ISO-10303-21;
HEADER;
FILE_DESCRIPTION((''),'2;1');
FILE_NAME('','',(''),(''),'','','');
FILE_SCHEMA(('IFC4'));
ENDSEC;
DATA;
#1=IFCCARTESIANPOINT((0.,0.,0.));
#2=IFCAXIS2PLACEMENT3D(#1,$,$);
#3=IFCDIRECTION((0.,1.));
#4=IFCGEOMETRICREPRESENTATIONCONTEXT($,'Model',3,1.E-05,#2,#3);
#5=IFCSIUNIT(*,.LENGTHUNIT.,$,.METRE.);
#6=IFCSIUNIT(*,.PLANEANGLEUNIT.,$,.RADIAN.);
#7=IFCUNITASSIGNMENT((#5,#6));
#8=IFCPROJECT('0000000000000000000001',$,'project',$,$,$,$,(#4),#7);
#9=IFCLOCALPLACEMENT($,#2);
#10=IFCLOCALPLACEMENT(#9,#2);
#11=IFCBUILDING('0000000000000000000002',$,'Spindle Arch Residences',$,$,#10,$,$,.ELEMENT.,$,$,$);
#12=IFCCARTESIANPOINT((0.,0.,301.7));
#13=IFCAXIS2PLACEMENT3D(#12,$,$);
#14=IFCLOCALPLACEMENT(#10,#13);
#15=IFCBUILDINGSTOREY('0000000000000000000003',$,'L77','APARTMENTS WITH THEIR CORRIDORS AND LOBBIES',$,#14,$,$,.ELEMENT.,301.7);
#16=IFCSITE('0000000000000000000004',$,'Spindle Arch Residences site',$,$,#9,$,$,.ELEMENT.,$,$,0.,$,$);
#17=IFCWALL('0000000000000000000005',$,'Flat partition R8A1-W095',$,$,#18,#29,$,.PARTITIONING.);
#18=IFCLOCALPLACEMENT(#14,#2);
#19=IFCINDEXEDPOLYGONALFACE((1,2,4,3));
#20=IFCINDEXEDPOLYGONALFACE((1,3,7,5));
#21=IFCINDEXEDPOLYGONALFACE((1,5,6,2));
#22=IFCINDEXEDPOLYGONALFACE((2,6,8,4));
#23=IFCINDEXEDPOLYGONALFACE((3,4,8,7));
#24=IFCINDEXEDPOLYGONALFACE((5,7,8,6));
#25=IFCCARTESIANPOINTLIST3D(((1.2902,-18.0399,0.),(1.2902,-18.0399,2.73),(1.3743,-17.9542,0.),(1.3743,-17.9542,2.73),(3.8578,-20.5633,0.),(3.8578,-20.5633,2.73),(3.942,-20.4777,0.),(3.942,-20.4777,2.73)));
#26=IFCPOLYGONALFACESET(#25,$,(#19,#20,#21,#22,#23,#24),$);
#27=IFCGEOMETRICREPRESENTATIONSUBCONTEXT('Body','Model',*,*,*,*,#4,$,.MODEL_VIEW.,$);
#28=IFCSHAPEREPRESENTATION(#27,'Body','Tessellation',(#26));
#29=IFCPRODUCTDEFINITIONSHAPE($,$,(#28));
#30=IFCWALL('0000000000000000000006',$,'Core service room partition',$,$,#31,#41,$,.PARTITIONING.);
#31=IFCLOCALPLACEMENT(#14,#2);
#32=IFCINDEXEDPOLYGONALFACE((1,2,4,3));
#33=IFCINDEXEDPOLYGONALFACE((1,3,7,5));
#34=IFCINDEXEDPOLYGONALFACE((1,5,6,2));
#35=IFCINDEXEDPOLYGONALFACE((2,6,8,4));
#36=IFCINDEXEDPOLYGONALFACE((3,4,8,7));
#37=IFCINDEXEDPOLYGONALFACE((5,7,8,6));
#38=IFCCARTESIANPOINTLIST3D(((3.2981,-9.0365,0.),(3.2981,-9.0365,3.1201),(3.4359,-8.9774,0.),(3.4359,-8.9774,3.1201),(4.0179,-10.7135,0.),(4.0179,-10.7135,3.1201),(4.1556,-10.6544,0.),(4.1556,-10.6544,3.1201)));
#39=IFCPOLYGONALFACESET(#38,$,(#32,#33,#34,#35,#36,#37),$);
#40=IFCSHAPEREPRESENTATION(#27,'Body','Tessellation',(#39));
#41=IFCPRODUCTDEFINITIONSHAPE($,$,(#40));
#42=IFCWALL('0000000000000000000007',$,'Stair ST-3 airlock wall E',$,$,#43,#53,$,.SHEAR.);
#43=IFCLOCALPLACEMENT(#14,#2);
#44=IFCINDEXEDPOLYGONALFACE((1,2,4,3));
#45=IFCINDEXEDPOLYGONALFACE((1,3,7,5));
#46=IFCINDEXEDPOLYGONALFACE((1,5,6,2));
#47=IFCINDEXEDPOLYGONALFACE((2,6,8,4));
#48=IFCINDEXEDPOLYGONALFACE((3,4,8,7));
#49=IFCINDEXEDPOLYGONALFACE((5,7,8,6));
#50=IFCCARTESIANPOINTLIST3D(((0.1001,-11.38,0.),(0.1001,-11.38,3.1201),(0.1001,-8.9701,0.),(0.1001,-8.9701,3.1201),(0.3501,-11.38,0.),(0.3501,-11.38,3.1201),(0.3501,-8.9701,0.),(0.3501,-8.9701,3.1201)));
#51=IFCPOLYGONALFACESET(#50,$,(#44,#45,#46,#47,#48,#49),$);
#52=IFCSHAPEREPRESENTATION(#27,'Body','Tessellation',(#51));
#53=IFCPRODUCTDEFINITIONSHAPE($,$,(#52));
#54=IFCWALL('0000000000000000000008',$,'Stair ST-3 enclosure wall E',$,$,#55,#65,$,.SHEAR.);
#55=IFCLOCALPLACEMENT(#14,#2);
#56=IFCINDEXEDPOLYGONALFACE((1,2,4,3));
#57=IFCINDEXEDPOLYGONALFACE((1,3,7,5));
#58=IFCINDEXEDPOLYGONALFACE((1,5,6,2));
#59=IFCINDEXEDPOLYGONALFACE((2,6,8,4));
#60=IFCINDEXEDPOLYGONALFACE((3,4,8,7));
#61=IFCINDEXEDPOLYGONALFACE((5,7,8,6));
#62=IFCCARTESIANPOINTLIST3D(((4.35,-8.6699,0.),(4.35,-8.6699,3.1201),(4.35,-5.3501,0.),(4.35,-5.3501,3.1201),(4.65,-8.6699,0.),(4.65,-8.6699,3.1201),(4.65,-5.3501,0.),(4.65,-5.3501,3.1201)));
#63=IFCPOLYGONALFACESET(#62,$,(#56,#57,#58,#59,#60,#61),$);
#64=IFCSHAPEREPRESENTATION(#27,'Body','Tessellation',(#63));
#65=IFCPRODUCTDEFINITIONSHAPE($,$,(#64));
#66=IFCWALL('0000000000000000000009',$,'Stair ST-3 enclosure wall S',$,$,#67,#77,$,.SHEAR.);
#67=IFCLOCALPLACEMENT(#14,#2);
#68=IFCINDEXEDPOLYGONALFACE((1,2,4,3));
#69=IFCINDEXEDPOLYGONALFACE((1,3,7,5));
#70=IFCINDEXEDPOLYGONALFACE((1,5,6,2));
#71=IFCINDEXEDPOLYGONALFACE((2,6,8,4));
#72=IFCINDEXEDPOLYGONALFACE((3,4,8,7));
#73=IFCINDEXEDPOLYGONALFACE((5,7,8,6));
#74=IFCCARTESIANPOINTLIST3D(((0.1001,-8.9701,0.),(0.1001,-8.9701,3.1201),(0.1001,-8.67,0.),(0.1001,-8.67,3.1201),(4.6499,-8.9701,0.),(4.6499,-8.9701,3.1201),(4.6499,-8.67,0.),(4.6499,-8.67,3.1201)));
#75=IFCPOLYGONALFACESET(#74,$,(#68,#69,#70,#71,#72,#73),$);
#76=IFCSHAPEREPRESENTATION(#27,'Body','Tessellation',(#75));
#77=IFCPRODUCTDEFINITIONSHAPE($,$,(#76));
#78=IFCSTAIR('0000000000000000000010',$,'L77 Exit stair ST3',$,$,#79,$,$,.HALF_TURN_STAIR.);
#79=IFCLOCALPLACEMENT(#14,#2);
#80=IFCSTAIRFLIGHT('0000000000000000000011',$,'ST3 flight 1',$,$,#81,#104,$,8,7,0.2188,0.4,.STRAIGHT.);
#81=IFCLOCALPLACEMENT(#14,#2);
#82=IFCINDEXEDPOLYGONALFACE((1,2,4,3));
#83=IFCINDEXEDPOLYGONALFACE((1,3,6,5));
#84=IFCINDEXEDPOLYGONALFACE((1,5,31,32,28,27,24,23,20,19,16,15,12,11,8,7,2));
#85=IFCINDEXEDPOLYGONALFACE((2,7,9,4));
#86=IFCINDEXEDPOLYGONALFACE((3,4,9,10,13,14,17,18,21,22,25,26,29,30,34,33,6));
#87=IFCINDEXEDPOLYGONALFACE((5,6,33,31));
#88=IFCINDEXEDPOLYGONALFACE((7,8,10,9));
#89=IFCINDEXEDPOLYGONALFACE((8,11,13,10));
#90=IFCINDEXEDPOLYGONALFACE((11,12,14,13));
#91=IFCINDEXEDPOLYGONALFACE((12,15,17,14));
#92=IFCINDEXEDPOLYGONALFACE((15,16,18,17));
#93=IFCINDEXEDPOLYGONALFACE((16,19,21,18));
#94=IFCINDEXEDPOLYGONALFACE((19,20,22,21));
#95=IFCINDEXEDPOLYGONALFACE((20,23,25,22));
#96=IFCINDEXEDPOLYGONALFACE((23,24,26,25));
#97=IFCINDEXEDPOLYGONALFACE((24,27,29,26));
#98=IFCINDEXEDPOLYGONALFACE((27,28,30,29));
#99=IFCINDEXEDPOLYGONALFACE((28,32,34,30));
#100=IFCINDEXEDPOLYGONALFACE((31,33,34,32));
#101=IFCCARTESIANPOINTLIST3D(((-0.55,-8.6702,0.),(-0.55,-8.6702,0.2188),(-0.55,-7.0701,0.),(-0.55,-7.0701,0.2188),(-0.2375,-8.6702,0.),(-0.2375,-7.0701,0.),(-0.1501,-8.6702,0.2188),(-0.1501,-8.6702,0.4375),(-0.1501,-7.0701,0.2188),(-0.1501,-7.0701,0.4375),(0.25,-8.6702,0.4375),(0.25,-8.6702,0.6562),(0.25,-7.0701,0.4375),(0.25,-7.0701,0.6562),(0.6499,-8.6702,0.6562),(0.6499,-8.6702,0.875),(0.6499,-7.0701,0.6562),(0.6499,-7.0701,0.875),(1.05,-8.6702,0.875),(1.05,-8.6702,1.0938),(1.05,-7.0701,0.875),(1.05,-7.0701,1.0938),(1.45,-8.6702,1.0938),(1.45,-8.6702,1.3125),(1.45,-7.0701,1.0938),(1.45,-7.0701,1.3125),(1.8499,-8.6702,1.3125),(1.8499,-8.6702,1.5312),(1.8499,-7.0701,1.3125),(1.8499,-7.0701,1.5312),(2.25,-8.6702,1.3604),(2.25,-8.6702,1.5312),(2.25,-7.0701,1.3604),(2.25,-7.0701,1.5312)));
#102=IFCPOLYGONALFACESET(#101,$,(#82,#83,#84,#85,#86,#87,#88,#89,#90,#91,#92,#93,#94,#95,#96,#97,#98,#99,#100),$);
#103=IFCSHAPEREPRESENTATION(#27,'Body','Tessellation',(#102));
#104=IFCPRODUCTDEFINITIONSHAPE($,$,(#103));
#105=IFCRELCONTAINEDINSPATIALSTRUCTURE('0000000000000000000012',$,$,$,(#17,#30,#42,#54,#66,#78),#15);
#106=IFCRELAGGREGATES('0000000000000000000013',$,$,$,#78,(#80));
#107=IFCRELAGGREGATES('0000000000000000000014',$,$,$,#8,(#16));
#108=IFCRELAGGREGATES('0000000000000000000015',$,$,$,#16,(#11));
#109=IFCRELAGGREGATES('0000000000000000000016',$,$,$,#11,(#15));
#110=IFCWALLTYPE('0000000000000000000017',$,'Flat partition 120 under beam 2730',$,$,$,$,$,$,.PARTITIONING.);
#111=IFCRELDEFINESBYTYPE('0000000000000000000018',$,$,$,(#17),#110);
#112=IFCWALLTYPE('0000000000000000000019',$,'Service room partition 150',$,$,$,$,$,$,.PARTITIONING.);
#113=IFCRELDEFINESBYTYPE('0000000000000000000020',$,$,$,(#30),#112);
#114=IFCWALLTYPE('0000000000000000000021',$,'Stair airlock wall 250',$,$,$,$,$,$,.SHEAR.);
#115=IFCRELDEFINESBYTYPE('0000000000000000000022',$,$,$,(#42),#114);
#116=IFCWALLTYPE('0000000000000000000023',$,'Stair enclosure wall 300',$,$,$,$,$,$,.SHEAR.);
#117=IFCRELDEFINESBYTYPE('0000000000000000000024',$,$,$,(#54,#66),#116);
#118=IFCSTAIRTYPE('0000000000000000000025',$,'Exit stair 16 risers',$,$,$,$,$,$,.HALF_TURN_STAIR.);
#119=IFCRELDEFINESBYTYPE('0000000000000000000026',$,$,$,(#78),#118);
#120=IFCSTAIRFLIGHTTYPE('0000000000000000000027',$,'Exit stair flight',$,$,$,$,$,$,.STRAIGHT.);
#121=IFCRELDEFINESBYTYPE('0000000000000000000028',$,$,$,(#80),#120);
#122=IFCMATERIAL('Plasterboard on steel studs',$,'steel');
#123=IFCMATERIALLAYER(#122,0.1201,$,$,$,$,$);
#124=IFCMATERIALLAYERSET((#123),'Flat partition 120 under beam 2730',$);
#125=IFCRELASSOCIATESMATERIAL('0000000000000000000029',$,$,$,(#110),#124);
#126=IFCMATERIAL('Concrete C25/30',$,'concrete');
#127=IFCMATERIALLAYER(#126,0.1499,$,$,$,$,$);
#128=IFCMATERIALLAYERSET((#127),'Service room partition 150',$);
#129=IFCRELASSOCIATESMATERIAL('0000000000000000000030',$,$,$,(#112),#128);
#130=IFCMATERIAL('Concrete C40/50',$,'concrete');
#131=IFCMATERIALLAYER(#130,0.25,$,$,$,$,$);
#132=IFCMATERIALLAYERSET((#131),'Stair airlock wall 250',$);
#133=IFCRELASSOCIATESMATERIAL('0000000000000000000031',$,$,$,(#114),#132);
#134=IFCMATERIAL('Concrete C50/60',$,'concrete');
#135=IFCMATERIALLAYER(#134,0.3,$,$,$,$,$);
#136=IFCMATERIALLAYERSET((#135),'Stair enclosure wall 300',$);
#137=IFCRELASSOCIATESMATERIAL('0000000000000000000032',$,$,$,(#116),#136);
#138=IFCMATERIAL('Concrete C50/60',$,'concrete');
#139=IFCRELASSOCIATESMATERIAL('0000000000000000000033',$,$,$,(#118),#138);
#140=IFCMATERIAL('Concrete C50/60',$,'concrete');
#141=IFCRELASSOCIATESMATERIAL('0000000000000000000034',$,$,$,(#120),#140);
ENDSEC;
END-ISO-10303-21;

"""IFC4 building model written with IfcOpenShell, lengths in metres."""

from ifc_helpers import new_model, si_unit, direction, frame, frame_2d, origin, place, context, subcontext, project, spatial, polyline, rectangle, outline, extrude, material, layer, layer_set, type_object, element, aggregate, save


model = new_model("IFC4")

# Units and contexts
model_context = context("Model", 3, precision=1e-05, world=origin(), true_north=direction((0.0, 1.0)))
body_context = subcontext(model_context, "Body", "Model", "MODEL_VIEW")
ifc_project = project(units=[si_unit("LENGTHUNIT", "METRE"), si_unit("PLANEANGLEUNIT", "RADIAN")], contexts=[model_context])

# Site, building, storey
site_placement = place(None, origin())
site = spatial("IfcSite", under=ifc_project, at=site_placement, Name="Spindle Arch Residences site", CompositionType="ELEMENT", RefElevation=0.0)
building_placement = place(site_placement, origin())
building = spatial("IfcBuilding", under=site, at=building_placement, Name="Spindle Arch Residences", CompositionType="ELEMENT")
storey_placement = place(building_placement, frame((0.0, 0.0, 301.7)))
storey = spatial("IfcBuildingStorey", under=building, at=storey_placement, Name="L77", Description="APARTMENTS WITH THEIR CORRIDORS AND LOBBIES", CompositionType="ELEMENT", Elevation=301.7)

# Walls
ifc_material_1 = material(Name="Plasterboard on steel studs", Category="steel")
ifc_layer_1 = layer(ifc_material_1, 0.1201)
ifc_layer_set_1 = layer_set([ifc_layer_1], Name="Flat partition 120 under beam 2730")
wall_type_1 = type_object("IfcWallType", Name="Flat partition 120 under beam 2730", PredefinedType="PARTITIONING", material=ifc_layer_set_1)
wall_1_placement = place(storey_placement, frame((3.8999, -20.5205, 0.0), z_axis=(0.0, 0.0, 1.0), x_axis=(-0.713217, 0.700943, 0.0)))
element("IfcWall", 1, at=wall_1_placement, inside=storey, type_object=wall_type_1, Name="Flat partition R8A1-W095", PredefinedType="PARTITIONING", context=body_context, shape_type="SweptSolid", body=[
    extrude(rectangle(XDim=3.6001, YDim=0.1201, at=frame_2d((1.8, 0.0))), origin(), (0.0, 0.0, 1.0), 2.73),
])
ifc_material_2 = material(Name="Concrete C25/30", Category="concrete")
ifc_layer_2 = layer(ifc_material_2, 0.1499)
ifc_layer_set_2 = layer_set([ifc_layer_2], Name="Service room partition 150")
wall_type_2 = type_object("IfcWallType", Name="Service room partition 150", PredefinedType="PARTITIONING", material=ifc_layer_set_2)
wall_2_placement = place(storey_placement, frame((3.3669, -9.0068, 0.0), z_axis=(0.0, 0.0, 1.0), x_axis=(0.394387, -0.918944, 0.0)))
element("IfcWall", 2, at=wall_2_placement, inside=storey, type_object=wall_type_2, Name="Core service room partition", PredefinedType="PARTITIONING", context=body_context, shape_type="SweptSolid", body=[
    extrude(rectangle(XDim=1.825, YDim=0.1499, at=frame_2d((0.9126, 0.0))), origin(), (0.0, 0.0, 1.0), 3.1201),
])
ifc_material_3 = material(Name="Concrete C40/50", Category="concrete")
ifc_layer_3 = layer(ifc_material_3, 0.25)
ifc_layer_set_3 = layer_set([ifc_layer_3], Name="Stair airlock wall 250")
wall_type_3 = type_object("IfcWallType", Name="Stair airlock wall 250", PredefinedType="SHEAR", material=ifc_layer_set_3)
wall_3_placement = place(storey_placement, frame((0.2251, -8.97, 0.0), z_axis=(0.0, 0.0, 1.0), x_axis=(0.0, -1.0, 0.0)))
element("IfcWall", 3, at=wall_3_placement, inside=storey, type_object=wall_type_3, Name="Stair ST-3 airlock wall E", PredefinedType="SHEAR", context=body_context, shape_type="SweptSolid", body=[
    extrude(rectangle(XDim=2.4099, YDim=0.25, at=frame_2d((1.2051, 0.0))), origin(), (0.0, 0.0, 1.0), 3.1201),
])
ifc_material_4 = material(Name="Concrete C50/60", Category="concrete")
ifc_layer_4 = layer(ifc_material_4, 0.3)
ifc_layer_set_4 = layer_set([ifc_layer_4], Name="Stair enclosure wall 300")
wall_type_4 = type_object("IfcWallType", Name="Stair enclosure wall 300", PredefinedType="SHEAR", material=ifc_layer_set_4)
wall_4_placement = place(storey_placement, frame((4.5, -8.6699, 0.0), z_axis=(0.0, 0.0, 1.0), x_axis=(0.0, 1.0, 0.0)))
element("IfcWall", 4, at=wall_4_placement, inside=storey, type_object=wall_type_4, Name="Stair ST-3 enclosure wall E", PredefinedType="SHEAR", context=body_context, shape_type="SweptSolid", body=[
    extrude(rectangle(XDim=3.3198, YDim=0.3, at=frame_2d((1.6599, 0.0))), origin(), (0.0, 0.0, 1.0), 3.1201),
])
wall_5_placement = place(storey_placement, frame((0.1001, -8.8201, 0.0), z_axis=(0.0, 0.0, 1.0), x_axis=(1.0, 0.0, 0.0)))
element("IfcWall", 5, at=wall_5_placement, inside=storey, type_object=wall_type_4, Name="Stair ST-3 enclosure wall S", PredefinedType="SHEAR", context=body_context, shape_type="SweptSolid", body=[
    extrude(rectangle(XDim=4.5498, YDim=0.3, at=frame_2d((2.2749, 0.0))), origin(), (0.0, 0.0, 1.0), 3.1201),
])

# Stair, stair flight
ifc_material_5 = material(Name="Concrete C50/60", Category="concrete")
stair_type = type_object("IfcStairType", Name="Exit stair 16 risers", PredefinedType="HALF_TURN_STAIR", material=ifc_material_5)
stair_placement = place(storey_placement, origin())
stair = element("IfcStair", 6, at=stair_placement, inside=storey, type_object=stair_type, Name="L77 Exit stair ST3", PredefinedType="HALF_TURN_STAIR")
ifc_material_6 = material(Name="Concrete C50/60", Category="concrete")
stair_flight_type = type_object("IfcStairFlightType", Name="Exit stair flight", PredefinedType="STRAIGHT", material=ifc_material_6)
stair_flight_placement = place(storey_placement, frame((-0.55, -7.8701, 0.0), z_axis=(0.0, 0.0, 1.0), x_axis=(1.0, 0.0, 0.0)))
stair_flight = element("IfcStairFlight", 7, at=stair_flight_placement, type_object=stair_flight_type, Name="ST3 flight 1", NumberOfRisers=8, NumberOfTreads=7, PredefinedType="STRAIGHT", RiserHeight=0.2188, TreadLength=0.4, context=body_context, shape_type="SweptSolid", body=[
    extrude(outline(polyline([(0.0, 0.0), (0.0, 0.2188), (0.3999, 0.2188), (0.3999, 0.4375), (0.8, 0.4375), (0.8, 0.6562), (1.2, 0.6562), (1.2, 0.875), (1.6001, 0.875), (1.6001, 1.0938), (2.0, 1.0938), (2.0, 1.3125), (2.3999, 1.3125), (2.3999, 1.5312), (2.8, 1.5312), (2.8, 1.75), (2.8, 1.3604), (0.3125, 0.0), (0.0, 0.0)])), frame((0.0, 0.8, 0.0), z_axis=(0.0, -1.0, 0.0), x_axis=(1.0, 0.0, 0.0)), (0.0, 0.0, 1.0), 1.6001),
])
aggregate(stair, [stair_flight])

save(model, "model.ifc")
